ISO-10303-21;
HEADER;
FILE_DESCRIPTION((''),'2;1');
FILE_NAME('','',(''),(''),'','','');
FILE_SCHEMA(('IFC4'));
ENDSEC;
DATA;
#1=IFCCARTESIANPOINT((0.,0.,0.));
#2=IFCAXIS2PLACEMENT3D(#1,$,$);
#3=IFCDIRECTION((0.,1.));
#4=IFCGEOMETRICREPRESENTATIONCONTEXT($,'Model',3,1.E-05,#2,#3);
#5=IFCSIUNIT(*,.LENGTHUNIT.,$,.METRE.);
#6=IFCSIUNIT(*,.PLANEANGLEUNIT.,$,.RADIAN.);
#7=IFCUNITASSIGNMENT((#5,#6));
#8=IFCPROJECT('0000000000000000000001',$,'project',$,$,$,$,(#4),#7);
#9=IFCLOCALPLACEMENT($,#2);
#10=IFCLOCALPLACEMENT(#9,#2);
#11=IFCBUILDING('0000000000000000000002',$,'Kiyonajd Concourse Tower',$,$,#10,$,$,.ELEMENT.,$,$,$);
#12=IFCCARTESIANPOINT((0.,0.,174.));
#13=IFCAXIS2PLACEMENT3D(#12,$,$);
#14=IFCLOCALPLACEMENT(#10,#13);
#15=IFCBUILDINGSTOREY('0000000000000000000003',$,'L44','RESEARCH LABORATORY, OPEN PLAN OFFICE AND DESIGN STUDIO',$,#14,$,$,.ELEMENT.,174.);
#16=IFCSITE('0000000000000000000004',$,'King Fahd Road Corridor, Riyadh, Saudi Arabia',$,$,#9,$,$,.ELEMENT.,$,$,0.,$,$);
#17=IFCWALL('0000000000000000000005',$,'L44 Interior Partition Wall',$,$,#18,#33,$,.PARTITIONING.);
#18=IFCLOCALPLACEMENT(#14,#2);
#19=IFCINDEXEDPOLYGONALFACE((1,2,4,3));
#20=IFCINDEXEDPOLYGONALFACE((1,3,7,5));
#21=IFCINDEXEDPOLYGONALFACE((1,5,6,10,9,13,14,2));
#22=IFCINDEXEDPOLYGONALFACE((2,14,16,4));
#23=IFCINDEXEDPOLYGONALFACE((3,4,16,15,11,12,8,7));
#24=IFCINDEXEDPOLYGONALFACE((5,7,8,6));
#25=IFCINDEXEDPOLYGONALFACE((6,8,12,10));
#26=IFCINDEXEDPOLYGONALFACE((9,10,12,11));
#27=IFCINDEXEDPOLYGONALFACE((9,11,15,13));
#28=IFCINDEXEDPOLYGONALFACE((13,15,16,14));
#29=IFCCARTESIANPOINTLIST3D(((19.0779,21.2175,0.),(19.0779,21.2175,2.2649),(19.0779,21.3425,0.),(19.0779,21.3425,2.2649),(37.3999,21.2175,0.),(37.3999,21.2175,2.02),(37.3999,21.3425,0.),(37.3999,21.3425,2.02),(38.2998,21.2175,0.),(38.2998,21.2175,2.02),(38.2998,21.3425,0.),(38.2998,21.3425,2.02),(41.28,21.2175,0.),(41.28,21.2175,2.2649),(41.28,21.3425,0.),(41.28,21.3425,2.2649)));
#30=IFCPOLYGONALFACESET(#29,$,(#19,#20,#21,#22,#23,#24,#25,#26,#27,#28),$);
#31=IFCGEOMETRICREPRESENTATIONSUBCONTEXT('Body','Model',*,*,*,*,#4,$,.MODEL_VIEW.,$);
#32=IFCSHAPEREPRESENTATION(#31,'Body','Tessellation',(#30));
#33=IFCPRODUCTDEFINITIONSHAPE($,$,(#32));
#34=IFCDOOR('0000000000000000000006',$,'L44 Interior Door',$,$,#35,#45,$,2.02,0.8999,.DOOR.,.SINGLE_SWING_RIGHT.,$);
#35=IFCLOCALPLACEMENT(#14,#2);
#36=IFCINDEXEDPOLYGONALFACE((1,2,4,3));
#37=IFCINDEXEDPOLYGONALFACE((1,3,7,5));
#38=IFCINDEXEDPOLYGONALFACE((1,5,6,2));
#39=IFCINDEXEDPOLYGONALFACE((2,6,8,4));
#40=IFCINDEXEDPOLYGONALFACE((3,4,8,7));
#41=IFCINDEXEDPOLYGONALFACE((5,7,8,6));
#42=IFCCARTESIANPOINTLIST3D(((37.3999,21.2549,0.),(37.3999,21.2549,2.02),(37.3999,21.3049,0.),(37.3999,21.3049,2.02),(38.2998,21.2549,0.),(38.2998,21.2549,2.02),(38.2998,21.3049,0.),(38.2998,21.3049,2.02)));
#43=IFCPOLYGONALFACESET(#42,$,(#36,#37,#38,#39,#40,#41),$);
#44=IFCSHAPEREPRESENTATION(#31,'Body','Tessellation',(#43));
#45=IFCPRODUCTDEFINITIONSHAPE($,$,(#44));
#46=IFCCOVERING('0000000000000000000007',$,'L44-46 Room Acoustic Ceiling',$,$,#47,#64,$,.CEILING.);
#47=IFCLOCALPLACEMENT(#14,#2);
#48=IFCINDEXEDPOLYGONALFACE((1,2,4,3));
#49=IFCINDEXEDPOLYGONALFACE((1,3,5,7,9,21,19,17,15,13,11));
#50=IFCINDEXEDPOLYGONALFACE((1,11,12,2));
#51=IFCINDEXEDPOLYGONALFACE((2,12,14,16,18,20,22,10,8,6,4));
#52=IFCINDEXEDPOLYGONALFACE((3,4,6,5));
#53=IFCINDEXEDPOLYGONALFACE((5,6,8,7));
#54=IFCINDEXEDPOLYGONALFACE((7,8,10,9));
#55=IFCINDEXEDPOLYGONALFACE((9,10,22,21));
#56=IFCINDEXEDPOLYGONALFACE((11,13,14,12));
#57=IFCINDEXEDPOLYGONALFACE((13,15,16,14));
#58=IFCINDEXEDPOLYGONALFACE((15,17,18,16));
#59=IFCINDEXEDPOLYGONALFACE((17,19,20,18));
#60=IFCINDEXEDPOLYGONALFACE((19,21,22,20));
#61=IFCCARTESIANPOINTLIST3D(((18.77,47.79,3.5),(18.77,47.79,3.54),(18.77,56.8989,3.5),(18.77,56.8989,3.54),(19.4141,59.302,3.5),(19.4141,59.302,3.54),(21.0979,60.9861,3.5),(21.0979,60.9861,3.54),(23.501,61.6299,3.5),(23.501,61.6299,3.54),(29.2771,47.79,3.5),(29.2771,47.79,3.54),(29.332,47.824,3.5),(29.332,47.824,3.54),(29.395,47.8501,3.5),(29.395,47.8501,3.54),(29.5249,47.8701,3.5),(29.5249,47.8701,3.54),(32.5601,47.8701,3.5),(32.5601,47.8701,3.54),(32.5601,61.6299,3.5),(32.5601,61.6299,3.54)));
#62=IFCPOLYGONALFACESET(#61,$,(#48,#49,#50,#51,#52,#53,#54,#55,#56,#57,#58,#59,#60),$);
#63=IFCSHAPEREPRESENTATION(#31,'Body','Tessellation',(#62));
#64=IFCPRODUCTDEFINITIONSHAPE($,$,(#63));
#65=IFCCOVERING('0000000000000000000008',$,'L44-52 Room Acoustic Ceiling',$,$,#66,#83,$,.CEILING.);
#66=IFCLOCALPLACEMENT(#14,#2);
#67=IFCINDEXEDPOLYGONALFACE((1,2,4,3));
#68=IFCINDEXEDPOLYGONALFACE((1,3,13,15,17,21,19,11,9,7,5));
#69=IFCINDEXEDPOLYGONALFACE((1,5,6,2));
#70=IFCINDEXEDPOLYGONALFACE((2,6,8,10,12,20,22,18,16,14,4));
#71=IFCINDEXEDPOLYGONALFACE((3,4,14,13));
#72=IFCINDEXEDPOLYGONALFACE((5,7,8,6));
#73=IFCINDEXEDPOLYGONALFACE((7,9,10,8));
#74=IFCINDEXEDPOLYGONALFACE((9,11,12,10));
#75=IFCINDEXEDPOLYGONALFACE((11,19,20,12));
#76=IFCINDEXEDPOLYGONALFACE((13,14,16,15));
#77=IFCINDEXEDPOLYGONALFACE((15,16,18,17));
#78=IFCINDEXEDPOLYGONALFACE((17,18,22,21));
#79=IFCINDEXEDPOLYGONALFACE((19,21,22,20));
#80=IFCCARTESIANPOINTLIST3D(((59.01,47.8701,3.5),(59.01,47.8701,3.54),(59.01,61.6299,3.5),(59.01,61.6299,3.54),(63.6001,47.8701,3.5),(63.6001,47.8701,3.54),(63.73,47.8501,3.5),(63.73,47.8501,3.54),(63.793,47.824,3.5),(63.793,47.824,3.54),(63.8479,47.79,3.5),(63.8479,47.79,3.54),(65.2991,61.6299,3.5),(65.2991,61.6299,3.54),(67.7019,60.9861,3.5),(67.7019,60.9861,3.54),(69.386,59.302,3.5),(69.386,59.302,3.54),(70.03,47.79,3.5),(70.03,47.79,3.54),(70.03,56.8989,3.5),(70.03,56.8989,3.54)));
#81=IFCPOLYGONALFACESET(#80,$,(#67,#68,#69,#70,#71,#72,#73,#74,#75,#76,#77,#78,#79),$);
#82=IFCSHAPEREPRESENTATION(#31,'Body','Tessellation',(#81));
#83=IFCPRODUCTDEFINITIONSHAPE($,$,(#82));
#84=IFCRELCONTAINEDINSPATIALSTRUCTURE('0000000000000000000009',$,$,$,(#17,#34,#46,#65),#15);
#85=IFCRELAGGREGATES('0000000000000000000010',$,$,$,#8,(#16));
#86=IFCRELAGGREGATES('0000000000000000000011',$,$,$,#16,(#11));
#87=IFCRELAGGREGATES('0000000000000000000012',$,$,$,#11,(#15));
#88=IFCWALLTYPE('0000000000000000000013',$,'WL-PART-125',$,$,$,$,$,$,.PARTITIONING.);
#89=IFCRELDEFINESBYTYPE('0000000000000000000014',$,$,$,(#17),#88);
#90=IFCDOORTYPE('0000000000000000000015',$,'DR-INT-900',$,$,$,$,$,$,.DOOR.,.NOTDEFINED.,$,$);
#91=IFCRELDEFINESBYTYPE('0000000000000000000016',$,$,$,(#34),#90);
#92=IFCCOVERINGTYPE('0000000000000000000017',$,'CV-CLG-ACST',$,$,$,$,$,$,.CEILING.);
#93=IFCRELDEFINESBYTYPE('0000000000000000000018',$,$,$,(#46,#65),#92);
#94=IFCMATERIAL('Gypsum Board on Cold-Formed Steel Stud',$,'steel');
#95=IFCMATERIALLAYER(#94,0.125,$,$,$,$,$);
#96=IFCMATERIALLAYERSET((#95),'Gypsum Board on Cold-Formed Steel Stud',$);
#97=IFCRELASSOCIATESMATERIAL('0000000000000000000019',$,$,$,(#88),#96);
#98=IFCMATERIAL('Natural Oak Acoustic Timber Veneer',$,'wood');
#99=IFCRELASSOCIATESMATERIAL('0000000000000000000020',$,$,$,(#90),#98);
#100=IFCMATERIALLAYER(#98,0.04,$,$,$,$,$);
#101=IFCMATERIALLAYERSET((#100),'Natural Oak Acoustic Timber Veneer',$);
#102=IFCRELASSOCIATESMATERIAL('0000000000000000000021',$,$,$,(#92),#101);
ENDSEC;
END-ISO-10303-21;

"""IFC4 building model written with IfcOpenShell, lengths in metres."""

from ifc_helpers import new_model, si_unit, direction, frame, frame_2d, origin, place, context, subcontext, project, spatial, polyline, rectangle, outline, extrude, material, layer, layer_set, type_object, element, fill, save


model = new_model("IFC4")

# Units and contexts
model_context = context("Model", 3, precision=1e-05, world=origin(), true_north=direction((0.0, 1.0)))
body_context = subcontext(model_context, "Body", "Model", "MODEL_VIEW")
ifc_project = project(units=[si_unit("LENGTHUNIT", "METRE"), si_unit("PLANEANGLEUNIT", "RADIAN")], contexts=[model_context])

# Site, building, storey
site_placement = place(None, origin())
site = spatial("IfcSite", under=ifc_project, at=site_placement, Name="King Fahd Road Corridor, Riyadh, Saudi Arabia", CompositionType="ELEMENT", RefElevation=0.0)
building_placement = place(site_placement, origin())
building = spatial("IfcBuilding", under=site, at=building_placement, Name="Kiyonajd Concourse Tower", CompositionType="ELEMENT")
storey_placement = place(building_placement, frame((0.0, 0.0, 174.0)))
storey = spatial("IfcBuildingStorey", under=building, at=storey_placement, Name="L44", Description="RESEARCH LABORATORY, OPEN PLAN OFFICE AND DESIGN STUDIO", CompositionType="ELEMENT", Elevation=174.0)

# Wall, opening, door
ifc_material_1 = material(Name="Gypsum Board on Cold-Formed Steel Stud", Category="steel")
ifc_layer_1 = layer(ifc_material_1, 0.125)
ifc_layer_set_1 = layer_set([ifc_layer_1], Name="Gypsum Board on Cold-Formed Steel Stud")
wall_type_1 = type_object("IfcWallType", Name="WL-PART-125", PredefinedType="PARTITIONING", material=ifc_layer_set_1)
wall_1_placement = place(storey_placement, frame((19.0779, 21.28, 0.0), z_axis=(0.0, 0.0, 1.0), x_axis=(1.0, 0.0, 0.0)))
wall_1 = element("IfcWall", 1, at=wall_1_placement, inside=storey, type_object=wall_type_1, Name="L44 Interior Partition Wall", PredefinedType="PARTITIONING", context=body_context, shape_type="SweptSolid", body=[
    extrude(rectangle(XDim=22.2021, YDim=0.125, at=frame_2d((11.1011, 0.0))), origin(), (0.0, 0.0, 1.0), 2.2649),
])
opening_placement = place(wall_1_placement, frame((18.322, 0.0, 0.0)))
opening = element("IfcOpeningElement", 2, at=opening_placement, cuts=wall_1, PredefinedType="OPENING", context=body_context, shape_type="SweptSolid", body=[
    extrude(rectangle(XDim=0.8999, YDim=2.02, at=frame_2d((0.45, 1.01))), frame((0.0, 0.0725, 0.0), z_axis=(0.0, -1.0, 0.0), x_axis=(1.0, 0.0, 0.0)), (0.0, 0.0, 1.0), 0.145),
])
ifc_material_2 = material(Name="Natural Oak Acoustic Timber Veneer", Category="wood")
door_type = type_object("IfcDoorType", Name="DR-INT-900", OperationType="NOTDEFINED", PredefinedType="DOOR", material=ifc_material_2)
door_placement = place(opening_placement, origin())
door = element("IfcDoor", 3, at=door_placement, inside=storey, type_object=door_type, Name="L44 Interior Door", OperationType="SINGLE_SWING_RIGHT", OverallHeight=2.02, OverallWidth=0.8999, PredefinedType="DOOR", context=body_context, shape_type="SweptSolid", body=[
    extrude(rectangle(XDim=0.8999, YDim=2.02, at=frame_2d((0.45, 1.01))), frame((0.0, 0.0249, 0.0), z_axis=(0.0, -1.0, 0.0), x_axis=(1.0, 0.0, 0.0)), (0.0, 0.0, 1.0), 0.05),
])
fill(opening, door)

# Coverings
ifc_layer_2 = layer(ifc_material_2, 0.04)
ifc_layer_set_2 = layer_set([ifc_layer_2], Name="Natural Oak Acoustic Timber Veneer")
covering_type = type_object("IfcCoveringType", Name="CV-CLG-ACST", PredefinedType="CEILING", material=ifc_layer_set_2)
covering_1_placement = place(storey_placement, frame((0.0, 0.0, 3.5)))
element("IfcCovering", 4, at=covering_1_placement, inside=storey, type_object=covering_type, Name="L44-46 Room Acoustic Ceiling", PredefinedType="CEILING", context=body_context, shape_type="SweptSolid", body=[
    extrude(outline(polyline([(21.0979, 60.9861), (23.501, 61.6299), (32.5601, 61.6299), (32.5601, 47.8701), (29.5249, 47.8701), (29.395, 47.8501), (29.332, 47.824), (29.2771, 47.79), (18.77, 47.79), (18.77, 56.8989), (19.4141, 59.302), (21.0979, 60.9861)])), origin(), (0.0, 0.0, 1.0), 0.04),
])
covering_2_placement = place(storey_placement, frame((0.0, 0.0, 3.5)))
element("IfcCovering", 5, at=covering_2_placement, inside=storey, type_object=covering_type, Name="L44-52 Room Acoustic Ceiling", PredefinedType="CEILING", context=body_context, shape_type="SweptSolid", body=[
    extrude(outline(polyline([(63.8479, 47.79), (63.793, 47.824), (63.73, 47.8501), (63.6001, 47.8701), (59.01, 47.8701), (59.01, 61.6299), (65.2991, 61.6299), (67.7019, 60.9861), (69.386, 59.302), (70.03, 56.8989), (70.03, 47.79), (63.8479, 47.79)])), origin(), (0.0, 0.0, 1.0), 0.04),
])

save(model, "model.ifc")
